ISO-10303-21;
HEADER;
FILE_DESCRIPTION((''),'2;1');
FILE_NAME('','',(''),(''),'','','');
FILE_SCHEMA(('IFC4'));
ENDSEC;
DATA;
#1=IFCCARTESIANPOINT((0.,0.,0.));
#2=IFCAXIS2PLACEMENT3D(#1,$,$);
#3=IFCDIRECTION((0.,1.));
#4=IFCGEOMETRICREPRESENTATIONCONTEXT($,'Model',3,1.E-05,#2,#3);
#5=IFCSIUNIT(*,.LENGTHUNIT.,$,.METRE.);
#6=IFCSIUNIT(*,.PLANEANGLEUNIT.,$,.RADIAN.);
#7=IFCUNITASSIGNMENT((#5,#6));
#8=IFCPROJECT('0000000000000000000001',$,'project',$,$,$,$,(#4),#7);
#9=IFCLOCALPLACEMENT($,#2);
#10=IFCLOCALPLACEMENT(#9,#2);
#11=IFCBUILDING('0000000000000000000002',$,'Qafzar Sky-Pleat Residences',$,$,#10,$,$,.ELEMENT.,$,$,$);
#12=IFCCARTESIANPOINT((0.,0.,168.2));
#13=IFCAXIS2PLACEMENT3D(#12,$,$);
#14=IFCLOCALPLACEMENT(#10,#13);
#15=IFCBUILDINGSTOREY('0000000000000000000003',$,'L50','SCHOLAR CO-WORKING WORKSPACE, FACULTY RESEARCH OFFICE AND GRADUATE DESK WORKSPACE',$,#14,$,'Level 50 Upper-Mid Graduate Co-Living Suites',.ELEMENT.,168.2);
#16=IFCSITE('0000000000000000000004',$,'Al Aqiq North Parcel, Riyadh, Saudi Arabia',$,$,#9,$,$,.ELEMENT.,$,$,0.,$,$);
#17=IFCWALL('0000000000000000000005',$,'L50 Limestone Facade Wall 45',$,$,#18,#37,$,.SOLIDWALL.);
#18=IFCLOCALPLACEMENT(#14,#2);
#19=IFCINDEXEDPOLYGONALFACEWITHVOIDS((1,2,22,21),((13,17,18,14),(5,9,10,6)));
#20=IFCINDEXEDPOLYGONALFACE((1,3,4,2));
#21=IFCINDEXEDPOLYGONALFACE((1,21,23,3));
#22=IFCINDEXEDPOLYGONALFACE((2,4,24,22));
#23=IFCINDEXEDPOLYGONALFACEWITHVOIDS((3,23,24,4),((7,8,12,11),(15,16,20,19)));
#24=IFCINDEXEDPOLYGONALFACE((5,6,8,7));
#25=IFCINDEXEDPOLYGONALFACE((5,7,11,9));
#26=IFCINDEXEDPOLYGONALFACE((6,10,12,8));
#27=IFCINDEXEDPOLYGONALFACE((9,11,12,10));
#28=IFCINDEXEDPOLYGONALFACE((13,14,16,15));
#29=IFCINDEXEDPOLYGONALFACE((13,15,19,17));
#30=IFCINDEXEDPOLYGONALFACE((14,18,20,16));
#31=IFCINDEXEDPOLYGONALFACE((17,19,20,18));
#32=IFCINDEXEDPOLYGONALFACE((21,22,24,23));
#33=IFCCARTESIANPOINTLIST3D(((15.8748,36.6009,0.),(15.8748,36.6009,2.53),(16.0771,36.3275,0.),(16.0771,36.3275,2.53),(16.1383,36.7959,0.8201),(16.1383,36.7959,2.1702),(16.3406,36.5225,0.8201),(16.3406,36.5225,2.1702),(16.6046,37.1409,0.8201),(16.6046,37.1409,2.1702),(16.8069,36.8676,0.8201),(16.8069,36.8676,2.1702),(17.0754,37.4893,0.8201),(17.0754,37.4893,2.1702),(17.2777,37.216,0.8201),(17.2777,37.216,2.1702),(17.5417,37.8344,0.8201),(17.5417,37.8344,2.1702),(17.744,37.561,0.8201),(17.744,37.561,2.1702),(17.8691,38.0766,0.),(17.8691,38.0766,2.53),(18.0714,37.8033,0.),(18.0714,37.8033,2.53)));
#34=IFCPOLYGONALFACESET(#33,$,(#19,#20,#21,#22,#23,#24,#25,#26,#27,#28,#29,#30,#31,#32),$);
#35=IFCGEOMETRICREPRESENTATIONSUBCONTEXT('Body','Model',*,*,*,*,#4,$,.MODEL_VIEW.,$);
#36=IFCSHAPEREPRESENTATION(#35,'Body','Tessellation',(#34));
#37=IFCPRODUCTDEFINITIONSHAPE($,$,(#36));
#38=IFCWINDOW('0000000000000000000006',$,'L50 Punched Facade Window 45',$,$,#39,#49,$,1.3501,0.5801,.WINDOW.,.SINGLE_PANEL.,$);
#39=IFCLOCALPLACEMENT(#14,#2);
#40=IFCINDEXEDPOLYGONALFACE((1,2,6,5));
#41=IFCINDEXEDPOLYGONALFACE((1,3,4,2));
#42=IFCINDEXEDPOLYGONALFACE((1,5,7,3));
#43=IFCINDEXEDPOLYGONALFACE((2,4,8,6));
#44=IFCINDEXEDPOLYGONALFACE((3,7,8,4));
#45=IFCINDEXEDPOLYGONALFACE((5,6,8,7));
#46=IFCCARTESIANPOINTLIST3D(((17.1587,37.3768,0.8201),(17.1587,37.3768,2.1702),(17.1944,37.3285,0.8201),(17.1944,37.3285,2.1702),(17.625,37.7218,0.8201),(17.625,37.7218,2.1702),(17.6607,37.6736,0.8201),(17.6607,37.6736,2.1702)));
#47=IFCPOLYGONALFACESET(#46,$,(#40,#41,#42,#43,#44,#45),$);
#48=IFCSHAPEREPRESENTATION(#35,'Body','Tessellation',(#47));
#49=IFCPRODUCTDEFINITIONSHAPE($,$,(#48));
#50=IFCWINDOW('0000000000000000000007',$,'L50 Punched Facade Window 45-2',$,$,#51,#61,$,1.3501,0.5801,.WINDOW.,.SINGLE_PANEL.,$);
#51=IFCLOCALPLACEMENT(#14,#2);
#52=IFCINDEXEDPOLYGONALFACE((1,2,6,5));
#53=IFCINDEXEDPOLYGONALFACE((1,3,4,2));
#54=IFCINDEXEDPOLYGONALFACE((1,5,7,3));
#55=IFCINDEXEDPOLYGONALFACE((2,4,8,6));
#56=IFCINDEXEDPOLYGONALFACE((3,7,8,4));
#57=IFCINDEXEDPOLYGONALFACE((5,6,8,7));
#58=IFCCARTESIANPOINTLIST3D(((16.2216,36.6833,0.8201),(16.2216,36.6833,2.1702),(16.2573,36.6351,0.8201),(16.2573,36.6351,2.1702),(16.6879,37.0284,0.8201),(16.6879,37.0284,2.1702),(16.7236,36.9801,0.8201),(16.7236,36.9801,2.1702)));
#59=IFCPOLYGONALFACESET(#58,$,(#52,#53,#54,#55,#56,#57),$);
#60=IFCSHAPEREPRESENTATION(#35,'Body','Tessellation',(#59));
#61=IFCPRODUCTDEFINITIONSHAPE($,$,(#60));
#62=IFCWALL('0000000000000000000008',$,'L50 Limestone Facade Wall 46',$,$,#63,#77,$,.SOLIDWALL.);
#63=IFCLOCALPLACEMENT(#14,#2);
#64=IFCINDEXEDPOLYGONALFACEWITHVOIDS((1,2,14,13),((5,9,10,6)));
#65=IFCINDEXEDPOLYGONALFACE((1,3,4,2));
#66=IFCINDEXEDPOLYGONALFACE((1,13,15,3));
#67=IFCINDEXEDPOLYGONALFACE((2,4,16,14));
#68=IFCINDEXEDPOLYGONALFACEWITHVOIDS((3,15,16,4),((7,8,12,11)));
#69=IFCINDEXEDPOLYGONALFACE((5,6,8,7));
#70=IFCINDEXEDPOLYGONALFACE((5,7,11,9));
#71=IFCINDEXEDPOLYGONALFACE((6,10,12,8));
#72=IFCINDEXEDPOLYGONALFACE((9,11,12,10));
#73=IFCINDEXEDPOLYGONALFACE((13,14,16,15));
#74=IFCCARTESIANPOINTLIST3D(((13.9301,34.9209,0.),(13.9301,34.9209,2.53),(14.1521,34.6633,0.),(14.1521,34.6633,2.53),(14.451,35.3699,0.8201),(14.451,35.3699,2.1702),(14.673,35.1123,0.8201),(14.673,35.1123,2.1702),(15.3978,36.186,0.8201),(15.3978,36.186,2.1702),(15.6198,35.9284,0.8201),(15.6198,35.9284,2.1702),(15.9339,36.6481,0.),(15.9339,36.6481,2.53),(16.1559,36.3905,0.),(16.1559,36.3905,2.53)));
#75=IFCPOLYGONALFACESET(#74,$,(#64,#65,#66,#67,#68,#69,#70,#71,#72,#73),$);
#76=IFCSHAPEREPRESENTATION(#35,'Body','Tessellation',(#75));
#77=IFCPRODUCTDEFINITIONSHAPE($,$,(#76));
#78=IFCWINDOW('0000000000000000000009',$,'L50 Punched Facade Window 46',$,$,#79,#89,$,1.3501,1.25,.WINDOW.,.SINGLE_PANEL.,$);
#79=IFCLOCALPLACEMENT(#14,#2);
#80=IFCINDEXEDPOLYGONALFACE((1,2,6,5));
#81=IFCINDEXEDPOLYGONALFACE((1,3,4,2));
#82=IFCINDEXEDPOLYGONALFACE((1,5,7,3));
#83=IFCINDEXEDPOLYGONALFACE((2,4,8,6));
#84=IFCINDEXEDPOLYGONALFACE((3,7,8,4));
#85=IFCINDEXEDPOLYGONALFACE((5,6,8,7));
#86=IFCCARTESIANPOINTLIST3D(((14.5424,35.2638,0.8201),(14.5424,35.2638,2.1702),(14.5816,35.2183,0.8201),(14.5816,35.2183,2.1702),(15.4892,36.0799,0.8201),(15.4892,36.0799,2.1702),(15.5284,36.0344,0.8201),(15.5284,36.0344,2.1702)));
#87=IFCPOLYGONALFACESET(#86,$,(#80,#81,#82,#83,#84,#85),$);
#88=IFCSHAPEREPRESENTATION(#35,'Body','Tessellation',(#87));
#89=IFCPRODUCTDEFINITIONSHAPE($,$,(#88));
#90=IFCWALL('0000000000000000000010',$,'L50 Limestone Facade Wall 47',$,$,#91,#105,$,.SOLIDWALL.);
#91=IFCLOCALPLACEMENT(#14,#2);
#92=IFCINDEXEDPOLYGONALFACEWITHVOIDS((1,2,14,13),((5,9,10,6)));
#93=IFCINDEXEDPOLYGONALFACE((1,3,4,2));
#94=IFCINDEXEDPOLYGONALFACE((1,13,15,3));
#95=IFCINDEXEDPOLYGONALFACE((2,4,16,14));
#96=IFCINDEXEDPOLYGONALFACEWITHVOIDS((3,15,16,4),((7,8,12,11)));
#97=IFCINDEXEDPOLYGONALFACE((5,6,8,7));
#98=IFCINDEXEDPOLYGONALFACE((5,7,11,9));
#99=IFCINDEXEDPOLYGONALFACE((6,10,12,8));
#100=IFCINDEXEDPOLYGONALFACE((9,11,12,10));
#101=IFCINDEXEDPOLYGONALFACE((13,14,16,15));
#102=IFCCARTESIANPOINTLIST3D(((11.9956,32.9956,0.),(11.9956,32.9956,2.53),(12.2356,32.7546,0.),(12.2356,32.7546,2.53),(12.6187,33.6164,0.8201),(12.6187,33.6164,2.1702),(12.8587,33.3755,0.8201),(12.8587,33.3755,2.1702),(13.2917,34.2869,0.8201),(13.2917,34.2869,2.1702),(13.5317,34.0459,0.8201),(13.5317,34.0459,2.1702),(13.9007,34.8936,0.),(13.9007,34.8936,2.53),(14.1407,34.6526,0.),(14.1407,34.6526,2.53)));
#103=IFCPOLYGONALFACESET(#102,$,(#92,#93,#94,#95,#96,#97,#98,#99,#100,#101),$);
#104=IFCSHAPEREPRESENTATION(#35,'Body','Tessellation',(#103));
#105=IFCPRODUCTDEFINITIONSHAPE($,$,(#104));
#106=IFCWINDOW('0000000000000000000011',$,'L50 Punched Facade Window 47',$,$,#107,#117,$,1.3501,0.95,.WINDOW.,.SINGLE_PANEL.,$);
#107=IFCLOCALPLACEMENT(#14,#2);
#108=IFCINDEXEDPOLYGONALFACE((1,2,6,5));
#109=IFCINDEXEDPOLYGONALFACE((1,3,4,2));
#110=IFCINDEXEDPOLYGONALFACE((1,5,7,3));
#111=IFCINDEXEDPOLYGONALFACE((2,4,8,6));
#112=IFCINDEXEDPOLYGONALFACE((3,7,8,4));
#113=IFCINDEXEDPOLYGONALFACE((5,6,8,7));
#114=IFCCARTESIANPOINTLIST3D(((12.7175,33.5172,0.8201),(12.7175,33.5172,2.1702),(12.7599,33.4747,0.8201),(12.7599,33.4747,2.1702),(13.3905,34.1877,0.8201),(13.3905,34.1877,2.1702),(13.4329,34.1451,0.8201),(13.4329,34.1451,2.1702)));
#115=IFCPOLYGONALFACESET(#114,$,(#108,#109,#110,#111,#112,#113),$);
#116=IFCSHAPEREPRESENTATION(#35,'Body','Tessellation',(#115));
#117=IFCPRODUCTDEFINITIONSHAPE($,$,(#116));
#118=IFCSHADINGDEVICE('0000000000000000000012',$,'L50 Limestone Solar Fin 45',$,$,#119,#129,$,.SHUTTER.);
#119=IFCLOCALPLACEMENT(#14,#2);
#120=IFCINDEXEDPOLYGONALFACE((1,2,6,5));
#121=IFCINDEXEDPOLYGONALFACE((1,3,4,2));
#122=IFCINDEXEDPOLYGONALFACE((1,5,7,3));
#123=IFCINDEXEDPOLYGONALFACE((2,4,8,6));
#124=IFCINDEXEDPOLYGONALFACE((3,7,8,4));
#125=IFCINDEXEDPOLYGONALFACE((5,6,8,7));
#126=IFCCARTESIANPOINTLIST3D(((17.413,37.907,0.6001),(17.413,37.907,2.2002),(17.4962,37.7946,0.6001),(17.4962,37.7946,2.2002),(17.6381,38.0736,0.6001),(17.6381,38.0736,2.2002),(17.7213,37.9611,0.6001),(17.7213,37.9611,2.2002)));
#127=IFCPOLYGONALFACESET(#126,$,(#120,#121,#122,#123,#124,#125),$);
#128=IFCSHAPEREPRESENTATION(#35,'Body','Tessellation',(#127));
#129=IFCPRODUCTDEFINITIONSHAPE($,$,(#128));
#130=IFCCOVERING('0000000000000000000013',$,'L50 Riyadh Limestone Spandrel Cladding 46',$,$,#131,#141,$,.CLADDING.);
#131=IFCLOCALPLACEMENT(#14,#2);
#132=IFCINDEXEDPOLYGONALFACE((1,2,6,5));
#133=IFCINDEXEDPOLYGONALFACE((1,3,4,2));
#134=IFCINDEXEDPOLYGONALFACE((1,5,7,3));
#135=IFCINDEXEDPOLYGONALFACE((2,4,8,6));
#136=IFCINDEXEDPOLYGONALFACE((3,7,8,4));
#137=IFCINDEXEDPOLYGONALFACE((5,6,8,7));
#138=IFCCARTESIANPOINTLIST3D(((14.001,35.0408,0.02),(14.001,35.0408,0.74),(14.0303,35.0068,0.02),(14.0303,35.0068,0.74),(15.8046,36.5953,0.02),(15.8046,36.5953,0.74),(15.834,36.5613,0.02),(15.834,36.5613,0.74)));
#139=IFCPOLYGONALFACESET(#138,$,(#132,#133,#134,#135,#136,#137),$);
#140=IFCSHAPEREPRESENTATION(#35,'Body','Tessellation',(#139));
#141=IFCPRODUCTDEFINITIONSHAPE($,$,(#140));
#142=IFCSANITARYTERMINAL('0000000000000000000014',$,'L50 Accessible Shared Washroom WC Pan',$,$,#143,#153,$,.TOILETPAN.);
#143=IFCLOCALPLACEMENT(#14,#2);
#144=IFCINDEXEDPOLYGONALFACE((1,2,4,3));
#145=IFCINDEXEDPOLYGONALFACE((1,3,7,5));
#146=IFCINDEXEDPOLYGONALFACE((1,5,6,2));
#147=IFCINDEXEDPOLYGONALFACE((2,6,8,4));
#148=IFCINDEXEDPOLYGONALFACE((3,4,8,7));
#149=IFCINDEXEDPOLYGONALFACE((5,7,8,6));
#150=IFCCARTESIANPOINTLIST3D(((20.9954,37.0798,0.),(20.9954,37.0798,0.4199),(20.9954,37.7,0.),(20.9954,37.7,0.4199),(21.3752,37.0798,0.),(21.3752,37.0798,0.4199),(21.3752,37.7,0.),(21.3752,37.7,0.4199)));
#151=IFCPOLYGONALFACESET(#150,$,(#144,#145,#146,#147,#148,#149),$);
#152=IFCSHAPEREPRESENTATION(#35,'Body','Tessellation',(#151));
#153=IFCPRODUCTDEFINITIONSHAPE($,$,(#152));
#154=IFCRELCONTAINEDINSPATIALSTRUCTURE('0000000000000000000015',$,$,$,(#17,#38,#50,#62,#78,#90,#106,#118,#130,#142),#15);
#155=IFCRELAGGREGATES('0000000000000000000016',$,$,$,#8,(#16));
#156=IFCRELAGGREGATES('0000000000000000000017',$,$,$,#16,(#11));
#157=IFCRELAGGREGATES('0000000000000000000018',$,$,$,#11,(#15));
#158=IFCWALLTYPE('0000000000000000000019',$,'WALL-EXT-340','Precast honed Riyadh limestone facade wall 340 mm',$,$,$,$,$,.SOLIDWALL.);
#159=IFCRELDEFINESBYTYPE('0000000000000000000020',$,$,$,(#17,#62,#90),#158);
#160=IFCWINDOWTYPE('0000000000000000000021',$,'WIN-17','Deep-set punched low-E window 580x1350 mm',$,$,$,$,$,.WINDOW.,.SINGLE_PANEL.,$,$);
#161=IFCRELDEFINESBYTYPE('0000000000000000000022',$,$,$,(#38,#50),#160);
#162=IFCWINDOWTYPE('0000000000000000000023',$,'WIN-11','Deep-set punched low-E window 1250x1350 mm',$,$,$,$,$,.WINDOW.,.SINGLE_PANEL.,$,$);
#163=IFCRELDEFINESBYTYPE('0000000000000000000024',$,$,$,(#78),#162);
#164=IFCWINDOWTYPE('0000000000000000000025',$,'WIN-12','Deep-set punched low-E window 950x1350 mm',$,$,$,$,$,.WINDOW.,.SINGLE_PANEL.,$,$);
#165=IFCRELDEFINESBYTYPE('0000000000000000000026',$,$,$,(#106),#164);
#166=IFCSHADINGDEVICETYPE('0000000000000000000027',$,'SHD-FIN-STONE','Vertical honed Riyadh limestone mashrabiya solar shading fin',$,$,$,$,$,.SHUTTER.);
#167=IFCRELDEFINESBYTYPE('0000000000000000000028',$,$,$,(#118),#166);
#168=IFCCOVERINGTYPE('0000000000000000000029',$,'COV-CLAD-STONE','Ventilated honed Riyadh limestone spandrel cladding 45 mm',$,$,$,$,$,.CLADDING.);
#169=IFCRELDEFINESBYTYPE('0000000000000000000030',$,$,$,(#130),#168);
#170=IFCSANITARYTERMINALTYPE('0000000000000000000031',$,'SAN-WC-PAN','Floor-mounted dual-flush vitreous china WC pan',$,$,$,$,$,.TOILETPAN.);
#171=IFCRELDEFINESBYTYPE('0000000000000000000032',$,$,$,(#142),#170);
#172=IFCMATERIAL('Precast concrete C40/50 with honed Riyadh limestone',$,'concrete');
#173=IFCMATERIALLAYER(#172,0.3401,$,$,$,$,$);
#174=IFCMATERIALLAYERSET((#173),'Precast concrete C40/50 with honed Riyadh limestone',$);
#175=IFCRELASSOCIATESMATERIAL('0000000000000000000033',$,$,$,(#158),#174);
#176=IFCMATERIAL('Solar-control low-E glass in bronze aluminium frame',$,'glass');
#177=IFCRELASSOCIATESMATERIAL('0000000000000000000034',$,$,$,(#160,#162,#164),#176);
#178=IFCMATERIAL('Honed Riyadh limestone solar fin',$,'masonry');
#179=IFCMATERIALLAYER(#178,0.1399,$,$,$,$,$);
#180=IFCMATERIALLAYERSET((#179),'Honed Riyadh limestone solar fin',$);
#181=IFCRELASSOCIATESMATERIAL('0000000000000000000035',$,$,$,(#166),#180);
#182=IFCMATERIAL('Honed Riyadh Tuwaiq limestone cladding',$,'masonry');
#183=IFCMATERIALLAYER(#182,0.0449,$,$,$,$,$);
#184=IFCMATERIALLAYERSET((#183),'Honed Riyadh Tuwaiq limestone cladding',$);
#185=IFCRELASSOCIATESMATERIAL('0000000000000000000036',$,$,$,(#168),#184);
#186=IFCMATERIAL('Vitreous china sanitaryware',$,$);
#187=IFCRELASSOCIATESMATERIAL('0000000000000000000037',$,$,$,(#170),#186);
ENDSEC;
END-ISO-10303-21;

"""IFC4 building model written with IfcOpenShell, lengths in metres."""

from ifc_helpers import new_model, si_unit, direction, frame, frame_2d, origin, origin_2d, place, context, subcontext, project, spatial, rectangle, extrude, source, transform, mapped, material, layer, layer_set, type_object, element, fill, save


model = new_model("IFC4")

# Units and contexts
model_context = context("Model", 3, precision=1e-05, world=origin(), true_north=direction((0.0, 1.0)))
body_context = subcontext(model_context, "Body", "Model", "MODEL_VIEW")
ifc_project = project(units=[si_unit("LENGTHUNIT", "METRE"), si_unit("PLANEANGLEUNIT", "RADIAN")], contexts=[model_context])

# Site, building, storey
site_placement = place(None, origin())
site = spatial("IfcSite", under=ifc_project, at=site_placement, Name="Al Aqiq North Parcel, Riyadh, Saudi Arabia", CompositionType="ELEMENT", RefElevation=0.0)
building_placement = place(site_placement, origin())
building = spatial("IfcBuilding", under=site, at=building_placement, Name="Qafzar Sky-Pleat Residences", CompositionType="ELEMENT")
storey_placement = place(building_placement, frame((0.0, 0.0, 168.2)))
storey = spatial("IfcBuildingStorey", under=building, at=storey_placement, Name="L50", Description="SCHOLAR CO-WORKING WORKSPACE, FACULTY RESEARCH OFFICE AND GRADUATE DESK WORKSPACE", LongName="Level 50 Upper-Mid Graduate Co-Living Suites", CompositionType="ELEMENT", Elevation=168.2)

# Shared definitions
ifc_material_1 = material(Name="Precast concrete C40/50 with honed Riyadh limestone", Category="concrete")
ifc_layer_1 = layer(ifc_material_1, 0.3401)
ifc_layer_set_1 = layer_set([ifc_layer_1], Name="Precast concrete C40/50 with honed Riyadh limestone")
wall_type_1 = type_object("IfcWallType", Name="WALL-EXT-340", Description="Precast honed Riyadh limestone facade wall 340 mm", PredefinedType="SOLIDWALL", material=ifc_layer_set_1)
ifc_material_2 = material(Name="Solar-control low-E glass in bronze aluminium frame", Category="glass")

# Wall, openings, windows
wall_1_placement = place(storey_placement, frame((17.9702, 37.9399, 0.0), z_axis=(0.0, 0.0, 1.0), x_axis=(-0.803845, -0.594839, 0.0)))
wall_1 = element("IfcWall", 1, at=wall_1_placement, inside=storey, type_object=wall_type_1, Name="L50 Limestone Facade Wall 45", PredefinedType="SOLIDWALL", context=body_context, shape_type="SweptSolid", body=[
    extrude(rectangle(XDim=2.481, YDim=0.3401, at=frame_2d((1.2405, 0.0))), origin(), (0.0, 0.0, 1.0), 2.53),
])
opening_1_placement = place(wall_1_placement, frame((0.4072, 0.0, 0.8201)))
opening_1 = element("IfcOpeningElement", 2, at=opening_1_placement, cuts=wall_1, PredefinedType="OPENING", context=body_context, shape_type="SweptSolid", body=[
    extrude(rectangle(XDim=0.5801, YDim=1.3501, at=frame_2d((0.29, 0.675))), frame((0.0, 0.1802, 0.0), z_axis=(0.0, -1.0, 0.0), x_axis=(1.0, 0.0, 0.0)), (0.0, 0.0, 1.0), 0.3601),
])
opening_2_placement = place(wall_1_placement, frame((1.573, 0.0, 0.8201)))
opening_2 = element("IfcOpeningElement", 3, at=opening_2_placement, cuts=wall_1, PredefinedType="OPENING", context=body_context, shape_type="SweptSolid", body=[
    extrude(rectangle(XDim=0.5801, YDim=1.3501, at=frame_2d((0.29, 0.675))), frame((0.0, 0.1802, 0.0), z_axis=(0.0, -1.0, 0.0), x_axis=(1.0, 0.0, 0.0)), (0.0, 0.0, 1.0), 0.3601),
])
window_type_1 = type_object("IfcWindowType", Name="WIN-17", Description="Deep-set punched low-E window 580x1350 mm", PartitioningType="SINGLE_PANEL", PredefinedType="WINDOW", material=ifc_material_2)
shared_shape_1 = source(origin(), body_context, "Body", "SweptSolid", [
    extrude(rectangle(XDim=0.5801, YDim=1.3501, at=frame_2d((0.29, 0.675))), frame((0.0, 0.03, 0.0), z_axis=(0.0, -1.0, 0.0), x_axis=(1.0, 0.0, 0.0)), (0.0, 0.0, 1.0), 0.0601),
])
window_1_placement = place(opening_1_placement, origin())
window_1 = element("IfcWindow", 4, at=window_1_placement, inside=storey, type_object=window_type_1, Name="L50 Punched Facade Window 45", OverallHeight=1.3501, OverallWidth=0.5801, PartitioningType="SINGLE_PANEL", PredefinedType="WINDOW", context=body_context, shape_type="MappedRepresentation", body=[
    mapped(shared_shape_1, transform((0.0, 0.0, 0.0), x_axis=(1.0, 0.0, 0.0), y_axis=(0.0, 1.0, 0.0), z_axis=(0.0, 0.0, 1.0), scale=1.0)),
])
fill(opening_1, window_1)
window_2_placement = place(opening_2_placement, origin())
window_2 = element("IfcWindow", 5, at=window_2_placement, inside=storey, type_object=window_type_1, Name="L50 Punched Facade Window 45-2", OverallHeight=1.3501, OverallWidth=0.5801, PartitioningType="SINGLE_PANEL", PredefinedType="WINDOW", context=body_context, shape_type="MappedRepresentation", body=[
    mapped(shared_shape_1, transform((0.0, 0.0, 0.0), x_axis=(1.0, 0.0, 0.0), y_axis=(0.0, 1.0, 0.0), z_axis=(0.0, 0.0, 1.0), scale=1.0)),
])
fill(opening_2, window_2)

# Walls, openings, windows
wall_2_placement = place(storey_placement, frame((16.0449, 36.5193, 0.0), z_axis=(0.0, 0.0, 1.0), x_axis=(-0.757449, -0.652894, 0.0)))
wall_2 = element("IfcWall", 6, at=wall_2_placement, inside=storey, type_object=wall_type_1, Name="L50 Limestone Facade Wall 46", PredefinedType="SOLIDWALL", context=body_context, shape_type="SweptSolid", body=[
    extrude(rectangle(XDim=2.6455, YDim=0.3401, at=frame_2d((1.3228, 0.0))), origin(), (0.0, 0.0, 1.0), 2.53),
])
opening_3_placement = place(wall_2_placement, frame((0.7078, 0.0, 0.8201)))
opening_3 = element("IfcOpeningElement", 7, at=opening_3_placement, cuts=wall_2, PredefinedType="OPENING", context=body_context, shape_type="SweptSolid", body=[
    extrude(rectangle(XDim=1.25, YDim=1.3501, at=frame_2d((0.625, 0.675))), frame((0.0, 0.1802, 0.0), z_axis=(0.0, -1.0, 0.0), x_axis=(1.0, 0.0, 0.0)), (0.0, 0.0, 1.0), 0.3601),
])
window_type_2 = type_object("IfcWindowType", Name="WIN-11", Description="Deep-set punched low-E window 1250x1350 mm", PartitioningType="SINGLE_PANEL", PredefinedType="WINDOW", material=ifc_material_2)
shared_shape_2 = source(origin(), body_context, "Body", "SweptSolid", [
    extrude(rectangle(XDim=1.25, YDim=1.3501, at=frame_2d((0.625, 0.675))), frame((0.0, 0.03, 0.0), z_axis=(0.0, -1.0, 0.0), x_axis=(1.0, 0.0, 0.0)), (0.0, 0.0, 1.0), 0.0601),
])
window_3_placement = place(opening_3_placement, origin())
window_3 = element("IfcWindow", 8, at=window_3_placement, inside=storey, type_object=window_type_2, Name="L50 Punched Facade Window 46", OverallHeight=1.3501, OverallWidth=1.25, PartitioningType="SINGLE_PANEL", PredefinedType="WINDOW", context=body_context, shape_type="MappedRepresentation", body=[
    mapped(shared_shape_2, transform((0.0, 0.0, 0.0), x_axis=(1.0, 0.0, 0.0), y_axis=(0.0, 1.0, 0.0), z_axis=(0.0, 0.0, 1.0), scale=1.0)),
])
fill(opening_3, window_3)
wall_3_placement = place(storey_placement, frame((14.0208, 34.7732, 0.0), z_axis=(0.0, 0.0, 1.0), x_axis=(-0.708422, -0.705789, 0.0)))
wall_3 = element("IfcWall", 9, at=wall_3_placement, inside=storey, type_object=wall_type_1, Name="L50 Limestone Facade Wall 47", PredefinedType="SOLIDWALL", context=body_context, shape_type="SweptSolid", body=[
    extrude(rectangle(XDim=2.6892, YDim=0.3401, at=frame_2d((1.3447, 0.0))), origin(), (0.0, 0.0, 1.0), 2.53),
])
opening_4_placement = place(wall_3_placement, frame((0.8596, 0.0, 0.8201)))
opening_4 = element("IfcOpeningElement", 10, at=opening_4_placement, cuts=wall_3, PredefinedType="OPENING", context=body_context, shape_type="SweptSolid", body=[
    extrude(rectangle(XDim=0.95, YDim=1.3501, at=frame_2d((0.4751, 0.675))), frame((0.0, 0.1802, 0.0), z_axis=(0.0, -1.0, 0.0), x_axis=(1.0, 0.0, 0.0)), (0.0, 0.0, 1.0), 0.3601),
])
window_type_3 = type_object("IfcWindowType", Name="WIN-12", Description="Deep-set punched low-E window 950x1350 mm", PartitioningType="SINGLE_PANEL", PredefinedType="WINDOW", material=ifc_material_2)
shared_shape_3 = source(origin(), body_context, "Body", "SweptSolid", [
    extrude(rectangle(XDim=0.95, YDim=1.3501, at=frame_2d((0.4751, 0.675))), frame((0.0, 0.03, 0.0), z_axis=(0.0, -1.0, 0.0), x_axis=(1.0, 0.0, 0.0)), (0.0, 0.0, 1.0), 0.0601),
])
window_4_placement = place(opening_4_placement, origin())
window_4 = element("IfcWindow", 11, at=window_4_placement, inside=storey, type_object=window_type_3, Name="L50 Punched Facade Window 47", OverallHeight=1.3501, OverallWidth=0.95, PartitioningType="SINGLE_PANEL", PredefinedType="WINDOW", context=body_context, shape_type="MappedRepresentation", body=[
    mapped(shared_shape_3, transform((0.0, 0.0, 0.0), x_axis=(1.0, 0.0, 0.0), y_axis=(0.0, 1.0, 0.0), z_axis=(0.0, 0.0, 1.0), scale=1.0)),
])
fill(opening_4, window_4)

# Shading device
ifc_material_3 = material(Name="Honed Riyadh limestone solar fin", Category="masonry")
ifc_layer_2 = layer(ifc_material_3, 0.1399)
ifc_layer_set_2 = layer_set([ifc_layer_2], Name="Honed Riyadh limestone solar fin")
shading_device_type = type_object("IfcShadingDeviceType", Name="SHD-FIN-STONE", Description="Vertical honed Riyadh limestone mashrabiya solar shading fin", PredefinedType="SHUTTER", material=ifc_layer_set_2)
shared_shape_4 = source(origin(), body_context, "Body", "SweptSolid", [
    extrude(rectangle(XDim=0.1399, YDim=0.28, at=origin_2d()), origin(), (0.0, 0.0, 1.0), 1.6001),
])
shading_device_placement = place(storey_placement, frame((17.5671, 37.9341, 0.6001), z_axis=(0.0, 0.0, 1.0), x_axis=(-0.594864, 0.803826, 0.0)))
element("IfcShadingDevice", 12, at=shading_device_placement, inside=storey, type_object=shading_device_type, Name="L50 Limestone Solar Fin 45", PredefinedType="SHUTTER", context=body_context, shape_type="MappedRepresentation", body=[
    mapped(shared_shape_4, transform((0.0, 0.0, 0.0), x_axis=(1.0, 0.0, 0.0), y_axis=(0.0, 1.0, 0.0), z_axis=(0.0, 0.0, 1.0), scale=1.0)),
])

# Covering
ifc_material_4 = material(Name="Honed Riyadh Tuwaiq limestone cladding", Category="masonry")
ifc_layer_3 = layer(ifc_material_4, 0.0449)
ifc_layer_set_3 = layer_set([ifc_layer_3], Name="Honed Riyadh Tuwaiq limestone cladding")
covering_type = type_object("IfcCoveringType", Name="COV-CLAD-STONE", Description="Ventilated honed Riyadh limestone spandrel cladding 45 mm", PredefinedType="CLADDING", material=ifc_layer_set_3)
shared_shape_5 = source(origin(), body_context, "Body", "SweptSolid", [
    extrude(rectangle(XDim=2.3811, YDim=0.0449, at=origin_2d()), origin(), (0.0, 0.0, 1.0), 0.72),
])
covering_placement = place(storey_placement, frame((14.9175, 35.801, 0.02), z_axis=(0.0, 0.0, 1.0), x_axis=(-0.757482, -0.652856, 0.0)))
element("IfcCovering", 13, at=covering_placement, inside=storey, type_object=covering_type, Name="L50 Riyadh Limestone Spandrel Cladding 46", PredefinedType="CLADDING", context=body_context, shape_type="MappedRepresentation", body=[
    mapped(shared_shape_5, transform((0.0, 0.0, 0.0), x_axis=(1.0, 0.0, 0.0), y_axis=(0.0, 1.0, 0.0), z_axis=(0.0, 0.0, 1.0), scale=1.0)),
])

# Sanitary terminal
ifc_material_5 = material(Name="Vitreous china sanitaryware")
sanitary_terminal_type = type_object("IfcSanitaryTerminalType", Name="SAN-WC-PAN", Description="Floor-mounted dual-flush vitreous china WC pan", PredefinedType="TOILETPAN", material=ifc_material_5)
shared_shape_6 = source(origin(), body_context, "Body", "SweptSolid", [
    extrude(rectangle(XDim=0.3799, YDim=0.6201, at=origin_2d()), origin(), (0.0, 0.0, 1.0), 0.4199),
])
sanitary_terminal_placement = place(storey_placement, frame((21.1853, 37.3899, 0.0), z_axis=(0.0, 0.0, 1.0), x_axis=(1.0, 0.0, 0.0)))
element("IfcSanitaryTerminal", 14, at=sanitary_terminal_placement, inside=storey, type_object=sanitary_terminal_type, Name="L50 Accessible Shared Washroom WC Pan", PredefinedType="TOILETPAN", context=body_context, shape_type="MappedRepresentation", body=[
    mapped(shared_shape_6, transform((0.0, 0.0, 0.0), x_axis=(1.0, 0.0, 0.0), y_axis=(0.0, 1.0, 0.0), z_axis=(0.0, 0.0, 1.0), scale=1.0)),
])

save(model, "model.ifc")
